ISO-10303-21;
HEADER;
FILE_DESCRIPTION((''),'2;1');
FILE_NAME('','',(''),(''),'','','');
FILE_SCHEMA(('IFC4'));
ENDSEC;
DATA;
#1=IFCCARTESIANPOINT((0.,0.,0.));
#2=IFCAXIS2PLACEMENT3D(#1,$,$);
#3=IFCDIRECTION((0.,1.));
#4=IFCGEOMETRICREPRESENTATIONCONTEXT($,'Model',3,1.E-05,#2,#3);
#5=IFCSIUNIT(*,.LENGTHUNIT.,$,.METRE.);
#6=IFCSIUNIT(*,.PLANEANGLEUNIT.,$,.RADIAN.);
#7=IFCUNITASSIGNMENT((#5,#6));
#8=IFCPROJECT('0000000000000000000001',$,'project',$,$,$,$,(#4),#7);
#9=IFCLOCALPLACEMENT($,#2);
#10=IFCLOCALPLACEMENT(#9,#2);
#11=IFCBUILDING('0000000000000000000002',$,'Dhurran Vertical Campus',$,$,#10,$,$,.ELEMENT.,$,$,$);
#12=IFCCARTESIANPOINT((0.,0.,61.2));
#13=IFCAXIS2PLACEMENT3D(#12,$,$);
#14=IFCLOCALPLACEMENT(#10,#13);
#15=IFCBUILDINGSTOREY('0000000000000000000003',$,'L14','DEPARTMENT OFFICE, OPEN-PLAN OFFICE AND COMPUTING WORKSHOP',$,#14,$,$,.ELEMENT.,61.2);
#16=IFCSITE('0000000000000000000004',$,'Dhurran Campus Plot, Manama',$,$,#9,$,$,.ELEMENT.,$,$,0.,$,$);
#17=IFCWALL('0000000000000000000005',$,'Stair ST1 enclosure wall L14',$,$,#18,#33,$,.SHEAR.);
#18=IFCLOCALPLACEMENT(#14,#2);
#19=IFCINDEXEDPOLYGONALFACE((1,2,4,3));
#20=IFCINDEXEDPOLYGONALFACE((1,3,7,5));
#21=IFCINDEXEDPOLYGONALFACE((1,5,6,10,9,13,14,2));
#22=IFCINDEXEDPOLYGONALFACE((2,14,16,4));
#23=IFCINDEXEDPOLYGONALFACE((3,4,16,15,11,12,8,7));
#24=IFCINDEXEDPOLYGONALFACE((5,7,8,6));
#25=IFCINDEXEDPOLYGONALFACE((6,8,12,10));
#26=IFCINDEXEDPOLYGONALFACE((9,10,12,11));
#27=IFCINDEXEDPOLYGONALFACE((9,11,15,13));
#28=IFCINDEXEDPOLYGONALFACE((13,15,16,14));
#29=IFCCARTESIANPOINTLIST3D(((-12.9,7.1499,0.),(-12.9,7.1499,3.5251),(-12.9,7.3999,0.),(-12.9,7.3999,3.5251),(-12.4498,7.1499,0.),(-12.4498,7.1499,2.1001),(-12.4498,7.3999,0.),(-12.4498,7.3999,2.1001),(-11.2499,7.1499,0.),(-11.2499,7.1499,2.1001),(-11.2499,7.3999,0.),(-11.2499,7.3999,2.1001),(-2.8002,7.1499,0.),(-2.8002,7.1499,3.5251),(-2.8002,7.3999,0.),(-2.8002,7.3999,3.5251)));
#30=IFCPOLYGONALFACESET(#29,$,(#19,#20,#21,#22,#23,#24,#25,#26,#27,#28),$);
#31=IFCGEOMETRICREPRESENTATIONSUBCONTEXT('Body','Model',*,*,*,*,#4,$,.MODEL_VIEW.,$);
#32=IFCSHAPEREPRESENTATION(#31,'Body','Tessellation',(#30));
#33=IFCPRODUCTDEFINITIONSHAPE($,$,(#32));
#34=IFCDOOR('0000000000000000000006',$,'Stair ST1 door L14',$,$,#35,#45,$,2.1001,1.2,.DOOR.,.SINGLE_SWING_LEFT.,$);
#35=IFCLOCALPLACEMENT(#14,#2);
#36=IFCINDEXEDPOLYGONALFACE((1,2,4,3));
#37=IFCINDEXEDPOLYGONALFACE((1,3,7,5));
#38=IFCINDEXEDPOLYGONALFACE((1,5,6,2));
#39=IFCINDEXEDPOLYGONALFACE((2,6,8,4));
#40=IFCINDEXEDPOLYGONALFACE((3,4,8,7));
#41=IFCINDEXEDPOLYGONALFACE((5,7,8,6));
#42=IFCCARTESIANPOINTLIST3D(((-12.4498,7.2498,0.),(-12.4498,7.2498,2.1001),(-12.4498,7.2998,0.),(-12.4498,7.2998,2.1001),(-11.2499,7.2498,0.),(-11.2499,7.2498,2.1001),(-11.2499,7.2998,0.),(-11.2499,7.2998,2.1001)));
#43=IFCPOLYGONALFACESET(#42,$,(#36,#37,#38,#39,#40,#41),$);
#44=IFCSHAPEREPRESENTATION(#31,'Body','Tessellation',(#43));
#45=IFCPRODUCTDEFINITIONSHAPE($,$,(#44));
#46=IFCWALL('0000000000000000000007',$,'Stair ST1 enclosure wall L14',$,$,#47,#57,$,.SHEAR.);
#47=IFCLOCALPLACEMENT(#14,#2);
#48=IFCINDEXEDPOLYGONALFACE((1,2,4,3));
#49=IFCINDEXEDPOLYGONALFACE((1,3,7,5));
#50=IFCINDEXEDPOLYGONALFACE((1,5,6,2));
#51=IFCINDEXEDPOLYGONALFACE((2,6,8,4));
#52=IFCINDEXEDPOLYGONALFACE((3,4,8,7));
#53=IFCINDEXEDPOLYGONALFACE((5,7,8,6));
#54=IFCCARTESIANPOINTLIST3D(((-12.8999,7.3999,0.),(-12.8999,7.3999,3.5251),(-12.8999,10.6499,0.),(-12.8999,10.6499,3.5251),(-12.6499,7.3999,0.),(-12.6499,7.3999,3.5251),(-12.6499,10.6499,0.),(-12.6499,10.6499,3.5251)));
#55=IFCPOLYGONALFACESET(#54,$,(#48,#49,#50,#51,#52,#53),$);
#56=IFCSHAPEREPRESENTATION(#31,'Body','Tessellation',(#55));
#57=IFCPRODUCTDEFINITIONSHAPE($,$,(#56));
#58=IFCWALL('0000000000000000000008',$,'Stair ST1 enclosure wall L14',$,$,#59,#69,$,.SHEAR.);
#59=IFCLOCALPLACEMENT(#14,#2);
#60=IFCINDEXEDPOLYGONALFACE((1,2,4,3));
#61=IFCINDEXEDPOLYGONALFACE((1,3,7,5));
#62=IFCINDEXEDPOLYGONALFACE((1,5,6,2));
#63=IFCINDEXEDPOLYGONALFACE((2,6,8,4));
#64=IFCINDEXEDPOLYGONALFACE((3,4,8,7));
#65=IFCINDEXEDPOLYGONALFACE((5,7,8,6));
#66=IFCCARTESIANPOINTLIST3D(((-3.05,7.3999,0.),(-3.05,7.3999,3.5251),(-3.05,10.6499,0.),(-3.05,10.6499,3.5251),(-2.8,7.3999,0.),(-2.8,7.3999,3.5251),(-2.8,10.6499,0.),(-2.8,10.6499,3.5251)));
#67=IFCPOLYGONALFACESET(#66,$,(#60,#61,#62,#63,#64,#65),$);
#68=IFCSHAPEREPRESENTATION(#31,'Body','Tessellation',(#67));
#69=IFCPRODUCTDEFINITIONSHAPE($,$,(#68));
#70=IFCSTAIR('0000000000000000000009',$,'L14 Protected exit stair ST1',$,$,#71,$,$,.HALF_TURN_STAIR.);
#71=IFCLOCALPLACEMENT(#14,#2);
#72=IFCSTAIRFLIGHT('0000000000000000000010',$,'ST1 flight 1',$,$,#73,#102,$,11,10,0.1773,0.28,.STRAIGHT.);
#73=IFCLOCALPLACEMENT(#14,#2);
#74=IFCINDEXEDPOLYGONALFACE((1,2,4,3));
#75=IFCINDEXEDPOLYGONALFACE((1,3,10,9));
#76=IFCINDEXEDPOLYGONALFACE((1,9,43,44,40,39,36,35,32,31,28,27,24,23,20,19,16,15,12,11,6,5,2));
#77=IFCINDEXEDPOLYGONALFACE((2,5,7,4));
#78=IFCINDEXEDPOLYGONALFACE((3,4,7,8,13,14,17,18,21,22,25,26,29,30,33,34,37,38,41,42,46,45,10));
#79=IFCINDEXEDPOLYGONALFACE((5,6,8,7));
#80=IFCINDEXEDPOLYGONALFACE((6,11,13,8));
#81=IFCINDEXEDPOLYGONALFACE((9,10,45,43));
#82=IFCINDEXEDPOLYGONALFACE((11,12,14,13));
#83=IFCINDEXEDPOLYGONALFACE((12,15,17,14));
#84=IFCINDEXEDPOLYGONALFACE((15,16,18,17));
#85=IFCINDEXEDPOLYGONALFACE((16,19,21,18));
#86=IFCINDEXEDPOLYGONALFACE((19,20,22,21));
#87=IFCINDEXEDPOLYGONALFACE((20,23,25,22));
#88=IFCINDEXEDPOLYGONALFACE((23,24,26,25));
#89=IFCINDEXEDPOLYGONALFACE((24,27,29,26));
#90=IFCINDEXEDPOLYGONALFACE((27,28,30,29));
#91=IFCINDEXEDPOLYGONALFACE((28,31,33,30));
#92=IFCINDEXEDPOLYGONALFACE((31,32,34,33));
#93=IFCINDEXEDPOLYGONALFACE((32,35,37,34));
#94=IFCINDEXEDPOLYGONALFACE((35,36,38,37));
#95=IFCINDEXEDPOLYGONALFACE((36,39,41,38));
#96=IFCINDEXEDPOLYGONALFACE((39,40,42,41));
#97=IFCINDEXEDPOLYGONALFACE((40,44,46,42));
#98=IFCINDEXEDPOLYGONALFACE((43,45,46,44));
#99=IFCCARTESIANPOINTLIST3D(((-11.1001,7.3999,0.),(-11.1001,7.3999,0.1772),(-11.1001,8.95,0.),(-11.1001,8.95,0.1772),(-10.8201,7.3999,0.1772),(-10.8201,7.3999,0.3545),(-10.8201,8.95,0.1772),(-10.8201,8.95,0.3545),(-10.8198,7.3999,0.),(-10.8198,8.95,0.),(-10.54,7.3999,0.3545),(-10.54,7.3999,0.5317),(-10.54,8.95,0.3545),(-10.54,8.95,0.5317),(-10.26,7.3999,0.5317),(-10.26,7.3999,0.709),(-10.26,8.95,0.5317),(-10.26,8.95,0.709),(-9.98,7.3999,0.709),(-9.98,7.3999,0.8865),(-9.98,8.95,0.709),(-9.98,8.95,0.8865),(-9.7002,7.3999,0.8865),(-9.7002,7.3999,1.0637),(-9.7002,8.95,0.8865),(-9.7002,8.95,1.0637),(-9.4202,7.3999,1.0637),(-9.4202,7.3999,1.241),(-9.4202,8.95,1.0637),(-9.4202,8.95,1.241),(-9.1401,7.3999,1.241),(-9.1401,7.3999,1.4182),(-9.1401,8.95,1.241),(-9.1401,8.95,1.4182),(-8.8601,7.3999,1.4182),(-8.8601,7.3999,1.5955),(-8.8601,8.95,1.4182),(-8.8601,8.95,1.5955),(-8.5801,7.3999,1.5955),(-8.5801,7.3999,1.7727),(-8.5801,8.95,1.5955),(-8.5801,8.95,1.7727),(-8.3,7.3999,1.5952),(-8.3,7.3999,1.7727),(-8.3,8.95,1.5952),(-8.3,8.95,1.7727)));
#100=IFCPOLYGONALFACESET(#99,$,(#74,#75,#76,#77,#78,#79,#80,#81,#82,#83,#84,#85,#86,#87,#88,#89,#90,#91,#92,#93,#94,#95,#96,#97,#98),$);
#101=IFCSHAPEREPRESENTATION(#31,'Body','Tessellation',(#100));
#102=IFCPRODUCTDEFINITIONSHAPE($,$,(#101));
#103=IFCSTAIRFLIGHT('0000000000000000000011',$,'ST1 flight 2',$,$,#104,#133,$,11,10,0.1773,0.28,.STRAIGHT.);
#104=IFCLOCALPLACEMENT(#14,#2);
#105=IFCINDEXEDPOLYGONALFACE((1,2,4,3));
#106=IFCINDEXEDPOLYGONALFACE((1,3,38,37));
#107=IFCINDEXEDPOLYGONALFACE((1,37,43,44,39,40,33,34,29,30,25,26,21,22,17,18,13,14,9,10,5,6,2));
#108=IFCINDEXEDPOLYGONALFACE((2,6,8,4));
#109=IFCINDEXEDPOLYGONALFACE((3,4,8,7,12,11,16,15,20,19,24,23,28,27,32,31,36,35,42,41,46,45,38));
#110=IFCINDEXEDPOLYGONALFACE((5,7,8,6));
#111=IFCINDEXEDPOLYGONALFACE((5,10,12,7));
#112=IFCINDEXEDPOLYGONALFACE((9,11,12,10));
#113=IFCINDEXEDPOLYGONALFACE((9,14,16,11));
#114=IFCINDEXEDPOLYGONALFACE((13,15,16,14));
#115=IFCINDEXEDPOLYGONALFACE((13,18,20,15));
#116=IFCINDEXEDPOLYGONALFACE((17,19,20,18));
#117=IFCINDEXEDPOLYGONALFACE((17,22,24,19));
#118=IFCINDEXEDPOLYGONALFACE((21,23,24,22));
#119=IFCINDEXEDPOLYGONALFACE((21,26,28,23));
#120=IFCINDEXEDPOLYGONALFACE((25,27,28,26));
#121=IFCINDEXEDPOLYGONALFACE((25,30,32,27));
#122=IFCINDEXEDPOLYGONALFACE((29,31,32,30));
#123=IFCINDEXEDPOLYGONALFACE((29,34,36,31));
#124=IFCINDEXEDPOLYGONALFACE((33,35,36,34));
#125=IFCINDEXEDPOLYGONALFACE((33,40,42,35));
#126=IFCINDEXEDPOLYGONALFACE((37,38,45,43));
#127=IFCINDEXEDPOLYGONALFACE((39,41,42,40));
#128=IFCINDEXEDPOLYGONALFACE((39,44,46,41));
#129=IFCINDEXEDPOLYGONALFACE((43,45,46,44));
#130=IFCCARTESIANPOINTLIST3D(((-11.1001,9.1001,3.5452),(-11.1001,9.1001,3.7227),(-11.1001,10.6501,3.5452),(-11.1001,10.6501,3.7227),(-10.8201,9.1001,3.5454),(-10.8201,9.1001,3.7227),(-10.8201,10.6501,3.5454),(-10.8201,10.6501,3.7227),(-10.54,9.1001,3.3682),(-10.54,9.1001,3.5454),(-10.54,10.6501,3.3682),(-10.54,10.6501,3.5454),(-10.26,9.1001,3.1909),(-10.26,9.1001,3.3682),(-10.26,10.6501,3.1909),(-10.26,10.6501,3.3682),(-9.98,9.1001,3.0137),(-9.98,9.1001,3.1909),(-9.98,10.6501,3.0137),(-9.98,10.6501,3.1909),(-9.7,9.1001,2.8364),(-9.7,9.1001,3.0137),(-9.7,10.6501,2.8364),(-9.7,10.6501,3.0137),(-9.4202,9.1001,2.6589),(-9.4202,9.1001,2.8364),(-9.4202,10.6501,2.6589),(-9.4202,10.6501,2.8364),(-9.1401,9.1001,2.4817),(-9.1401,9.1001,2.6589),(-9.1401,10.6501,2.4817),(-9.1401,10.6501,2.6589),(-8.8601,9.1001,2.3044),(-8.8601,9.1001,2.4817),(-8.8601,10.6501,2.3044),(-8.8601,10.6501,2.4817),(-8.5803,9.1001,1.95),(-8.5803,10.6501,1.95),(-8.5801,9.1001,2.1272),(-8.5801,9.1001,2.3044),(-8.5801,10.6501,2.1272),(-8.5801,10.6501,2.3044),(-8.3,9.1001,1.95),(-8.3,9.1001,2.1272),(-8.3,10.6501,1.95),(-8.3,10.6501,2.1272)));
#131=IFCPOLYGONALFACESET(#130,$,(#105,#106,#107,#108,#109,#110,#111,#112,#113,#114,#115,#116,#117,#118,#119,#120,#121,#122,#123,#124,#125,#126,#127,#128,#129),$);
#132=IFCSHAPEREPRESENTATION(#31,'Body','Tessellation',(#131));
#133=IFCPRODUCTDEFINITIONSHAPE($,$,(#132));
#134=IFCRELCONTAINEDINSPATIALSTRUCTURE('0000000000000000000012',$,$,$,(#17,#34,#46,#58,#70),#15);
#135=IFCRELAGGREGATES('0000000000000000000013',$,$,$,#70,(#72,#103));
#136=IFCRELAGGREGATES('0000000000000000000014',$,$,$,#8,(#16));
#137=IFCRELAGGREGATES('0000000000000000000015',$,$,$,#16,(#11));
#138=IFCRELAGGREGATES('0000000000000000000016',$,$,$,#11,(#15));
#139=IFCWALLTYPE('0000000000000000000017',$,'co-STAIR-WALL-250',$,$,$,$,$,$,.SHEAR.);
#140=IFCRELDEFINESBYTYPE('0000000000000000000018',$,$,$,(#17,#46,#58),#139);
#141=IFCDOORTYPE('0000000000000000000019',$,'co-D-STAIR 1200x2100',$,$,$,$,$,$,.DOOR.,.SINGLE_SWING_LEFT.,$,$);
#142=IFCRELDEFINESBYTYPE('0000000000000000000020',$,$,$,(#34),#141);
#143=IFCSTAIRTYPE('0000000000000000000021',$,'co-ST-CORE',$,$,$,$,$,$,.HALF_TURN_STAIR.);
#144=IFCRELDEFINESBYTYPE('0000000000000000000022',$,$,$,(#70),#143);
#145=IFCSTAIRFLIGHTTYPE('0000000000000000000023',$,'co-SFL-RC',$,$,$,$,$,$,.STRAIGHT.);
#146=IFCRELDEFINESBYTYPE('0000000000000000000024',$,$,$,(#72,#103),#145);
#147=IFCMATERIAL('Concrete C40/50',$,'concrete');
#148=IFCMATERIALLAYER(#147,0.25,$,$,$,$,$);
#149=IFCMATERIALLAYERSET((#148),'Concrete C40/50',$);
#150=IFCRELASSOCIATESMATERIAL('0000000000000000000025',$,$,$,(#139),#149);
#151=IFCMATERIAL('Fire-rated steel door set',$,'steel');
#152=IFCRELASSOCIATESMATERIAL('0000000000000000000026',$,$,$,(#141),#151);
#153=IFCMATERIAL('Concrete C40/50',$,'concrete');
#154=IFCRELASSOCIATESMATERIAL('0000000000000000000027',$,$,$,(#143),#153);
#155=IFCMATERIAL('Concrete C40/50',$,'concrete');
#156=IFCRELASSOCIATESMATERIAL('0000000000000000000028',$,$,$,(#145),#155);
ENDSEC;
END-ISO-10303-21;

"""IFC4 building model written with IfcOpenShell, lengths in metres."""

from ifc_helpers import new_model, si_unit, direction, frame, frame_2d, origin, place, context, subcontext, project, spatial, polyline, rectangle, outline, extrude, material, layer, layer_set, type_object, element, fill, aggregate, save


model = new_model("IFC4")

# Units and contexts
model_context = context("Model", 3, precision=1e-05, world=origin(), true_north=direction((0.0, 1.0)))
body_context = subcontext(model_context, "Body", "Model", "MODEL_VIEW")
ifc_project = project(units=[si_unit("LENGTHUNIT", "METRE"), si_unit("PLANEANGLEUNIT", "RADIAN")], contexts=[model_context])

# Site, building, storey
site_placement = place(None, origin())
site = spatial("IfcSite", under=ifc_project, at=site_placement, Name="Dhurran Campus Plot, Manama", CompositionType="ELEMENT", RefElevation=0.0)
building_placement = place(site_placement, origin())
building = spatial("IfcBuilding", under=site, at=building_placement, Name="Dhurran Vertical Campus", CompositionType="ELEMENT")
storey_placement = place(building_placement, frame((0.0, 0.0, 61.2)))
storey = spatial("IfcBuildingStorey", under=building, at=storey_placement, Name="L14", Description="DEPARTMENT OFFICE, OPEN-PLAN OFFICE AND COMPUTING WORKSHOP", CompositionType="ELEMENT", Elevation=61.2)

# Wall, opening, door
ifc_material_1 = material(Name="Concrete C40/50", Category="concrete")
ifc_layer_1 = layer(ifc_material_1, 0.25)
ifc_layer_set_1 = layer_set([ifc_layer_1], Name="Concrete C40/50")
wall_type_1 = type_object("IfcWallType", Name="co-STAIR-WALL-250", PredefinedType="SHEAR", material=ifc_layer_set_1)
wall_1_placement = place(storey_placement, frame((-12.8999, 7.2749, 0.0), z_axis=(0.0, 0.0, 1.0), x_axis=(1.0, 0.0, 0.0)))
wall_1 = element("IfcWall", 1, at=wall_1_placement, inside=storey, type_object=wall_type_1, Name="Stair ST1 enclosure wall L14", PredefinedType="SHEAR", context=body_context, shape_type="SweptSolid", body=[
    extrude(rectangle(XDim=10.0999, YDim=0.25, at=frame_2d((5.0498, 0.0))), origin(), (0.0, 0.0, 1.0), 3.5251),
])
opening_1_placement = place(wall_1_placement, frame((0.45, 0.0, 0.0)))
opening_1 = element("IfcOpeningElement", 2, at=opening_1_placement, cuts=wall_1, PredefinedType="OPENING", context=body_context, shape_type="SweptSolid", body=[
    extrude(rectangle(XDim=1.2, YDim=2.1001, at=frame_2d((0.6001, 1.05))), frame((0.0, 0.135, 0.0), z_axis=(0.0, -1.0, 0.0), x_axis=(1.0, 0.0, 0.0)), (0.0, 0.0, 1.0), 0.27),
])
ifc_material_2 = material(Name="Fire-rated steel door set", Category="steel")
door_type_1 = type_object("IfcDoorType", Name="co-D-STAIR 1200x2100", OperationType="SINGLE_SWING_LEFT", PredefinedType="DOOR", material=ifc_material_2)
door_1_placement = place(opening_1_placement, origin())
door_1 = element("IfcDoor", 3, at=door_1_placement, inside=storey, type_object=door_type_1, Name="Stair ST1 door L14", OperationType="SINGLE_SWING_LEFT", OverallHeight=2.1001, OverallWidth=1.2, PredefinedType="DOOR", context=body_context, shape_type="SweptSolid", body=[
    extrude(rectangle(XDim=1.2, YDim=2.1001, at=frame_2d((0.6001, 1.05))), frame((0.0, 0.0249, 0.0), z_axis=(0.0, -1.0, 0.0), x_axis=(1.0, 0.0, 0.0)), (0.0, 0.0, 1.0), 0.05),
])
fill(opening_1, door_1)

# Walls
for number, where, z_axis, x_axis, name in (
    (4, (-12.7749, 7.3999, 0.0), (0.0, 0.0, 1.0), (0.0, 1.0, 0.0), "Stair ST1 enclosure wall L14"),
    (5, (-2.925, 7.3999, 0.0), (0.0, 0.0, 1.0), (0.0, 1.0, 0.0), "Stair ST1 enclosure wall L14"),
):
    element("IfcWall", number, at=place(storey_placement, frame(where, z_axis=z_axis, x_axis=x_axis)), inside=storey, type_object=wall_type_1, Name=name, PredefinedType="SHEAR", context=body_context, shape_type="SweptSolid", body=[
        extrude(rectangle(XDim=3.25, YDim=0.25, at=frame_2d((1.625, 0.0))), origin(), (0.0, 0.0, 1.0), 3.5251),
    ])

# Stair, stair flights
ifc_material_3 = material(Name="Concrete C40/50", Category="concrete")
stair_type = type_object("IfcStairType", Name="co-ST-CORE", PredefinedType="HALF_TURN_STAIR", material=ifc_material_3)
stair_placement = place(storey_placement, origin())
stair = element("IfcStair", 6, at=stair_placement, inside=storey, type_object=stair_type, Name="L14 Protected exit stair ST1", PredefinedType="HALF_TURN_STAIR")
ifc_material_4 = material(Name="Concrete C40/50", Category="concrete")
stair_flight_type = type_object("IfcStairFlightType", Name="co-SFL-RC", PredefinedType="STRAIGHT", material=ifc_material_4)
stair_flight_1_placement = place(storey_placement, frame((-11.1001, 8.175, 0.0), z_axis=(0.0, 0.0, 1.0), x_axis=(1.0, 0.0, 0.0)))
stair_flight_1 = element("IfcStairFlight", 7, at=stair_flight_1_placement, type_object=stair_flight_type, Name="ST1 flight 1", NumberOfRisers=11, NumberOfTreads=10, PredefinedType="STRAIGHT", RiserHeight=0.1773, TreadLength=0.28, context=body_context, shape_type="SweptSolid", body=[
    extrude(outline(polyline([(0.0, 0.0), (0.0, 0.1772), (0.28, 0.1772), (0.28, 0.3545), (0.5601, 0.3545), (0.5601, 0.5317), (0.8401, 0.5317), (0.8401, 0.709), (1.1201, 0.709), (1.1201, 0.8865), (1.3999, 0.8865), (1.3999, 1.0637), (1.6799, 1.0637), (1.6799, 1.241), (1.96, 1.241), (1.96, 1.4182), (2.24, 1.4182), (2.24, 1.5955), (2.52, 1.5955), (2.52, 1.7727), (2.8, 1.7727), (2.8, 1.95), (2.8, 1.5952), (0.2803, 0.0), (0.0, 0.0)])), frame((0.0, 0.7749, 0.0), z_axis=(0.0, -1.0, 0.0), x_axis=(1.0, 0.0, 0.0)), (0.0, 0.0, 1.0), 1.55),
])
stair_flight_2_placement = place(storey_placement, frame((-8.3, 9.875, 1.95), z_axis=(0.0, 0.0, 1.0), x_axis=(-1.0, 0.0, 0.0)))
stair_flight_2 = element("IfcStairFlight", 8, at=stair_flight_2_placement, type_object=stair_flight_type, Name="ST1 flight 2", NumberOfRisers=11, NumberOfTreads=10, PredefinedType="STRAIGHT", RiserHeight=0.1773, TreadLength=0.28, context=body_context, shape_type="SweptSolid", body=[
    extrude(outline(polyline([(0.0, 0.0), (0.0, 0.1772), (0.28, 0.1772), (0.28, 0.3545), (0.5601, 0.3545), (0.5601, 0.5317), (0.8401, 0.5317), (0.8401, 0.709), (1.1201, 0.709), (1.1201, 0.8865), (1.3999, 0.8865), (1.3999, 1.0637), (1.6799, 1.0637), (1.6799, 1.241), (1.96, 1.241), (1.96, 1.4182), (2.24, 1.4182), (2.24, 1.5955), (2.52, 1.5955), (2.52, 1.7727), (2.8, 1.7727), (2.8, 1.95), (2.8, 1.5952), (0.2803, 0.0), (0.0, 0.0)])), frame((0.0, 0.7749, 0.0), z_axis=(0.0, -1.0, 0.0), x_axis=(1.0, 0.0, 0.0)), (0.0, 0.0, 1.0), 1.55),
])
aggregate(stair, [stair_flight_1, stair_flight_2])

save(model, "model.ifc")
